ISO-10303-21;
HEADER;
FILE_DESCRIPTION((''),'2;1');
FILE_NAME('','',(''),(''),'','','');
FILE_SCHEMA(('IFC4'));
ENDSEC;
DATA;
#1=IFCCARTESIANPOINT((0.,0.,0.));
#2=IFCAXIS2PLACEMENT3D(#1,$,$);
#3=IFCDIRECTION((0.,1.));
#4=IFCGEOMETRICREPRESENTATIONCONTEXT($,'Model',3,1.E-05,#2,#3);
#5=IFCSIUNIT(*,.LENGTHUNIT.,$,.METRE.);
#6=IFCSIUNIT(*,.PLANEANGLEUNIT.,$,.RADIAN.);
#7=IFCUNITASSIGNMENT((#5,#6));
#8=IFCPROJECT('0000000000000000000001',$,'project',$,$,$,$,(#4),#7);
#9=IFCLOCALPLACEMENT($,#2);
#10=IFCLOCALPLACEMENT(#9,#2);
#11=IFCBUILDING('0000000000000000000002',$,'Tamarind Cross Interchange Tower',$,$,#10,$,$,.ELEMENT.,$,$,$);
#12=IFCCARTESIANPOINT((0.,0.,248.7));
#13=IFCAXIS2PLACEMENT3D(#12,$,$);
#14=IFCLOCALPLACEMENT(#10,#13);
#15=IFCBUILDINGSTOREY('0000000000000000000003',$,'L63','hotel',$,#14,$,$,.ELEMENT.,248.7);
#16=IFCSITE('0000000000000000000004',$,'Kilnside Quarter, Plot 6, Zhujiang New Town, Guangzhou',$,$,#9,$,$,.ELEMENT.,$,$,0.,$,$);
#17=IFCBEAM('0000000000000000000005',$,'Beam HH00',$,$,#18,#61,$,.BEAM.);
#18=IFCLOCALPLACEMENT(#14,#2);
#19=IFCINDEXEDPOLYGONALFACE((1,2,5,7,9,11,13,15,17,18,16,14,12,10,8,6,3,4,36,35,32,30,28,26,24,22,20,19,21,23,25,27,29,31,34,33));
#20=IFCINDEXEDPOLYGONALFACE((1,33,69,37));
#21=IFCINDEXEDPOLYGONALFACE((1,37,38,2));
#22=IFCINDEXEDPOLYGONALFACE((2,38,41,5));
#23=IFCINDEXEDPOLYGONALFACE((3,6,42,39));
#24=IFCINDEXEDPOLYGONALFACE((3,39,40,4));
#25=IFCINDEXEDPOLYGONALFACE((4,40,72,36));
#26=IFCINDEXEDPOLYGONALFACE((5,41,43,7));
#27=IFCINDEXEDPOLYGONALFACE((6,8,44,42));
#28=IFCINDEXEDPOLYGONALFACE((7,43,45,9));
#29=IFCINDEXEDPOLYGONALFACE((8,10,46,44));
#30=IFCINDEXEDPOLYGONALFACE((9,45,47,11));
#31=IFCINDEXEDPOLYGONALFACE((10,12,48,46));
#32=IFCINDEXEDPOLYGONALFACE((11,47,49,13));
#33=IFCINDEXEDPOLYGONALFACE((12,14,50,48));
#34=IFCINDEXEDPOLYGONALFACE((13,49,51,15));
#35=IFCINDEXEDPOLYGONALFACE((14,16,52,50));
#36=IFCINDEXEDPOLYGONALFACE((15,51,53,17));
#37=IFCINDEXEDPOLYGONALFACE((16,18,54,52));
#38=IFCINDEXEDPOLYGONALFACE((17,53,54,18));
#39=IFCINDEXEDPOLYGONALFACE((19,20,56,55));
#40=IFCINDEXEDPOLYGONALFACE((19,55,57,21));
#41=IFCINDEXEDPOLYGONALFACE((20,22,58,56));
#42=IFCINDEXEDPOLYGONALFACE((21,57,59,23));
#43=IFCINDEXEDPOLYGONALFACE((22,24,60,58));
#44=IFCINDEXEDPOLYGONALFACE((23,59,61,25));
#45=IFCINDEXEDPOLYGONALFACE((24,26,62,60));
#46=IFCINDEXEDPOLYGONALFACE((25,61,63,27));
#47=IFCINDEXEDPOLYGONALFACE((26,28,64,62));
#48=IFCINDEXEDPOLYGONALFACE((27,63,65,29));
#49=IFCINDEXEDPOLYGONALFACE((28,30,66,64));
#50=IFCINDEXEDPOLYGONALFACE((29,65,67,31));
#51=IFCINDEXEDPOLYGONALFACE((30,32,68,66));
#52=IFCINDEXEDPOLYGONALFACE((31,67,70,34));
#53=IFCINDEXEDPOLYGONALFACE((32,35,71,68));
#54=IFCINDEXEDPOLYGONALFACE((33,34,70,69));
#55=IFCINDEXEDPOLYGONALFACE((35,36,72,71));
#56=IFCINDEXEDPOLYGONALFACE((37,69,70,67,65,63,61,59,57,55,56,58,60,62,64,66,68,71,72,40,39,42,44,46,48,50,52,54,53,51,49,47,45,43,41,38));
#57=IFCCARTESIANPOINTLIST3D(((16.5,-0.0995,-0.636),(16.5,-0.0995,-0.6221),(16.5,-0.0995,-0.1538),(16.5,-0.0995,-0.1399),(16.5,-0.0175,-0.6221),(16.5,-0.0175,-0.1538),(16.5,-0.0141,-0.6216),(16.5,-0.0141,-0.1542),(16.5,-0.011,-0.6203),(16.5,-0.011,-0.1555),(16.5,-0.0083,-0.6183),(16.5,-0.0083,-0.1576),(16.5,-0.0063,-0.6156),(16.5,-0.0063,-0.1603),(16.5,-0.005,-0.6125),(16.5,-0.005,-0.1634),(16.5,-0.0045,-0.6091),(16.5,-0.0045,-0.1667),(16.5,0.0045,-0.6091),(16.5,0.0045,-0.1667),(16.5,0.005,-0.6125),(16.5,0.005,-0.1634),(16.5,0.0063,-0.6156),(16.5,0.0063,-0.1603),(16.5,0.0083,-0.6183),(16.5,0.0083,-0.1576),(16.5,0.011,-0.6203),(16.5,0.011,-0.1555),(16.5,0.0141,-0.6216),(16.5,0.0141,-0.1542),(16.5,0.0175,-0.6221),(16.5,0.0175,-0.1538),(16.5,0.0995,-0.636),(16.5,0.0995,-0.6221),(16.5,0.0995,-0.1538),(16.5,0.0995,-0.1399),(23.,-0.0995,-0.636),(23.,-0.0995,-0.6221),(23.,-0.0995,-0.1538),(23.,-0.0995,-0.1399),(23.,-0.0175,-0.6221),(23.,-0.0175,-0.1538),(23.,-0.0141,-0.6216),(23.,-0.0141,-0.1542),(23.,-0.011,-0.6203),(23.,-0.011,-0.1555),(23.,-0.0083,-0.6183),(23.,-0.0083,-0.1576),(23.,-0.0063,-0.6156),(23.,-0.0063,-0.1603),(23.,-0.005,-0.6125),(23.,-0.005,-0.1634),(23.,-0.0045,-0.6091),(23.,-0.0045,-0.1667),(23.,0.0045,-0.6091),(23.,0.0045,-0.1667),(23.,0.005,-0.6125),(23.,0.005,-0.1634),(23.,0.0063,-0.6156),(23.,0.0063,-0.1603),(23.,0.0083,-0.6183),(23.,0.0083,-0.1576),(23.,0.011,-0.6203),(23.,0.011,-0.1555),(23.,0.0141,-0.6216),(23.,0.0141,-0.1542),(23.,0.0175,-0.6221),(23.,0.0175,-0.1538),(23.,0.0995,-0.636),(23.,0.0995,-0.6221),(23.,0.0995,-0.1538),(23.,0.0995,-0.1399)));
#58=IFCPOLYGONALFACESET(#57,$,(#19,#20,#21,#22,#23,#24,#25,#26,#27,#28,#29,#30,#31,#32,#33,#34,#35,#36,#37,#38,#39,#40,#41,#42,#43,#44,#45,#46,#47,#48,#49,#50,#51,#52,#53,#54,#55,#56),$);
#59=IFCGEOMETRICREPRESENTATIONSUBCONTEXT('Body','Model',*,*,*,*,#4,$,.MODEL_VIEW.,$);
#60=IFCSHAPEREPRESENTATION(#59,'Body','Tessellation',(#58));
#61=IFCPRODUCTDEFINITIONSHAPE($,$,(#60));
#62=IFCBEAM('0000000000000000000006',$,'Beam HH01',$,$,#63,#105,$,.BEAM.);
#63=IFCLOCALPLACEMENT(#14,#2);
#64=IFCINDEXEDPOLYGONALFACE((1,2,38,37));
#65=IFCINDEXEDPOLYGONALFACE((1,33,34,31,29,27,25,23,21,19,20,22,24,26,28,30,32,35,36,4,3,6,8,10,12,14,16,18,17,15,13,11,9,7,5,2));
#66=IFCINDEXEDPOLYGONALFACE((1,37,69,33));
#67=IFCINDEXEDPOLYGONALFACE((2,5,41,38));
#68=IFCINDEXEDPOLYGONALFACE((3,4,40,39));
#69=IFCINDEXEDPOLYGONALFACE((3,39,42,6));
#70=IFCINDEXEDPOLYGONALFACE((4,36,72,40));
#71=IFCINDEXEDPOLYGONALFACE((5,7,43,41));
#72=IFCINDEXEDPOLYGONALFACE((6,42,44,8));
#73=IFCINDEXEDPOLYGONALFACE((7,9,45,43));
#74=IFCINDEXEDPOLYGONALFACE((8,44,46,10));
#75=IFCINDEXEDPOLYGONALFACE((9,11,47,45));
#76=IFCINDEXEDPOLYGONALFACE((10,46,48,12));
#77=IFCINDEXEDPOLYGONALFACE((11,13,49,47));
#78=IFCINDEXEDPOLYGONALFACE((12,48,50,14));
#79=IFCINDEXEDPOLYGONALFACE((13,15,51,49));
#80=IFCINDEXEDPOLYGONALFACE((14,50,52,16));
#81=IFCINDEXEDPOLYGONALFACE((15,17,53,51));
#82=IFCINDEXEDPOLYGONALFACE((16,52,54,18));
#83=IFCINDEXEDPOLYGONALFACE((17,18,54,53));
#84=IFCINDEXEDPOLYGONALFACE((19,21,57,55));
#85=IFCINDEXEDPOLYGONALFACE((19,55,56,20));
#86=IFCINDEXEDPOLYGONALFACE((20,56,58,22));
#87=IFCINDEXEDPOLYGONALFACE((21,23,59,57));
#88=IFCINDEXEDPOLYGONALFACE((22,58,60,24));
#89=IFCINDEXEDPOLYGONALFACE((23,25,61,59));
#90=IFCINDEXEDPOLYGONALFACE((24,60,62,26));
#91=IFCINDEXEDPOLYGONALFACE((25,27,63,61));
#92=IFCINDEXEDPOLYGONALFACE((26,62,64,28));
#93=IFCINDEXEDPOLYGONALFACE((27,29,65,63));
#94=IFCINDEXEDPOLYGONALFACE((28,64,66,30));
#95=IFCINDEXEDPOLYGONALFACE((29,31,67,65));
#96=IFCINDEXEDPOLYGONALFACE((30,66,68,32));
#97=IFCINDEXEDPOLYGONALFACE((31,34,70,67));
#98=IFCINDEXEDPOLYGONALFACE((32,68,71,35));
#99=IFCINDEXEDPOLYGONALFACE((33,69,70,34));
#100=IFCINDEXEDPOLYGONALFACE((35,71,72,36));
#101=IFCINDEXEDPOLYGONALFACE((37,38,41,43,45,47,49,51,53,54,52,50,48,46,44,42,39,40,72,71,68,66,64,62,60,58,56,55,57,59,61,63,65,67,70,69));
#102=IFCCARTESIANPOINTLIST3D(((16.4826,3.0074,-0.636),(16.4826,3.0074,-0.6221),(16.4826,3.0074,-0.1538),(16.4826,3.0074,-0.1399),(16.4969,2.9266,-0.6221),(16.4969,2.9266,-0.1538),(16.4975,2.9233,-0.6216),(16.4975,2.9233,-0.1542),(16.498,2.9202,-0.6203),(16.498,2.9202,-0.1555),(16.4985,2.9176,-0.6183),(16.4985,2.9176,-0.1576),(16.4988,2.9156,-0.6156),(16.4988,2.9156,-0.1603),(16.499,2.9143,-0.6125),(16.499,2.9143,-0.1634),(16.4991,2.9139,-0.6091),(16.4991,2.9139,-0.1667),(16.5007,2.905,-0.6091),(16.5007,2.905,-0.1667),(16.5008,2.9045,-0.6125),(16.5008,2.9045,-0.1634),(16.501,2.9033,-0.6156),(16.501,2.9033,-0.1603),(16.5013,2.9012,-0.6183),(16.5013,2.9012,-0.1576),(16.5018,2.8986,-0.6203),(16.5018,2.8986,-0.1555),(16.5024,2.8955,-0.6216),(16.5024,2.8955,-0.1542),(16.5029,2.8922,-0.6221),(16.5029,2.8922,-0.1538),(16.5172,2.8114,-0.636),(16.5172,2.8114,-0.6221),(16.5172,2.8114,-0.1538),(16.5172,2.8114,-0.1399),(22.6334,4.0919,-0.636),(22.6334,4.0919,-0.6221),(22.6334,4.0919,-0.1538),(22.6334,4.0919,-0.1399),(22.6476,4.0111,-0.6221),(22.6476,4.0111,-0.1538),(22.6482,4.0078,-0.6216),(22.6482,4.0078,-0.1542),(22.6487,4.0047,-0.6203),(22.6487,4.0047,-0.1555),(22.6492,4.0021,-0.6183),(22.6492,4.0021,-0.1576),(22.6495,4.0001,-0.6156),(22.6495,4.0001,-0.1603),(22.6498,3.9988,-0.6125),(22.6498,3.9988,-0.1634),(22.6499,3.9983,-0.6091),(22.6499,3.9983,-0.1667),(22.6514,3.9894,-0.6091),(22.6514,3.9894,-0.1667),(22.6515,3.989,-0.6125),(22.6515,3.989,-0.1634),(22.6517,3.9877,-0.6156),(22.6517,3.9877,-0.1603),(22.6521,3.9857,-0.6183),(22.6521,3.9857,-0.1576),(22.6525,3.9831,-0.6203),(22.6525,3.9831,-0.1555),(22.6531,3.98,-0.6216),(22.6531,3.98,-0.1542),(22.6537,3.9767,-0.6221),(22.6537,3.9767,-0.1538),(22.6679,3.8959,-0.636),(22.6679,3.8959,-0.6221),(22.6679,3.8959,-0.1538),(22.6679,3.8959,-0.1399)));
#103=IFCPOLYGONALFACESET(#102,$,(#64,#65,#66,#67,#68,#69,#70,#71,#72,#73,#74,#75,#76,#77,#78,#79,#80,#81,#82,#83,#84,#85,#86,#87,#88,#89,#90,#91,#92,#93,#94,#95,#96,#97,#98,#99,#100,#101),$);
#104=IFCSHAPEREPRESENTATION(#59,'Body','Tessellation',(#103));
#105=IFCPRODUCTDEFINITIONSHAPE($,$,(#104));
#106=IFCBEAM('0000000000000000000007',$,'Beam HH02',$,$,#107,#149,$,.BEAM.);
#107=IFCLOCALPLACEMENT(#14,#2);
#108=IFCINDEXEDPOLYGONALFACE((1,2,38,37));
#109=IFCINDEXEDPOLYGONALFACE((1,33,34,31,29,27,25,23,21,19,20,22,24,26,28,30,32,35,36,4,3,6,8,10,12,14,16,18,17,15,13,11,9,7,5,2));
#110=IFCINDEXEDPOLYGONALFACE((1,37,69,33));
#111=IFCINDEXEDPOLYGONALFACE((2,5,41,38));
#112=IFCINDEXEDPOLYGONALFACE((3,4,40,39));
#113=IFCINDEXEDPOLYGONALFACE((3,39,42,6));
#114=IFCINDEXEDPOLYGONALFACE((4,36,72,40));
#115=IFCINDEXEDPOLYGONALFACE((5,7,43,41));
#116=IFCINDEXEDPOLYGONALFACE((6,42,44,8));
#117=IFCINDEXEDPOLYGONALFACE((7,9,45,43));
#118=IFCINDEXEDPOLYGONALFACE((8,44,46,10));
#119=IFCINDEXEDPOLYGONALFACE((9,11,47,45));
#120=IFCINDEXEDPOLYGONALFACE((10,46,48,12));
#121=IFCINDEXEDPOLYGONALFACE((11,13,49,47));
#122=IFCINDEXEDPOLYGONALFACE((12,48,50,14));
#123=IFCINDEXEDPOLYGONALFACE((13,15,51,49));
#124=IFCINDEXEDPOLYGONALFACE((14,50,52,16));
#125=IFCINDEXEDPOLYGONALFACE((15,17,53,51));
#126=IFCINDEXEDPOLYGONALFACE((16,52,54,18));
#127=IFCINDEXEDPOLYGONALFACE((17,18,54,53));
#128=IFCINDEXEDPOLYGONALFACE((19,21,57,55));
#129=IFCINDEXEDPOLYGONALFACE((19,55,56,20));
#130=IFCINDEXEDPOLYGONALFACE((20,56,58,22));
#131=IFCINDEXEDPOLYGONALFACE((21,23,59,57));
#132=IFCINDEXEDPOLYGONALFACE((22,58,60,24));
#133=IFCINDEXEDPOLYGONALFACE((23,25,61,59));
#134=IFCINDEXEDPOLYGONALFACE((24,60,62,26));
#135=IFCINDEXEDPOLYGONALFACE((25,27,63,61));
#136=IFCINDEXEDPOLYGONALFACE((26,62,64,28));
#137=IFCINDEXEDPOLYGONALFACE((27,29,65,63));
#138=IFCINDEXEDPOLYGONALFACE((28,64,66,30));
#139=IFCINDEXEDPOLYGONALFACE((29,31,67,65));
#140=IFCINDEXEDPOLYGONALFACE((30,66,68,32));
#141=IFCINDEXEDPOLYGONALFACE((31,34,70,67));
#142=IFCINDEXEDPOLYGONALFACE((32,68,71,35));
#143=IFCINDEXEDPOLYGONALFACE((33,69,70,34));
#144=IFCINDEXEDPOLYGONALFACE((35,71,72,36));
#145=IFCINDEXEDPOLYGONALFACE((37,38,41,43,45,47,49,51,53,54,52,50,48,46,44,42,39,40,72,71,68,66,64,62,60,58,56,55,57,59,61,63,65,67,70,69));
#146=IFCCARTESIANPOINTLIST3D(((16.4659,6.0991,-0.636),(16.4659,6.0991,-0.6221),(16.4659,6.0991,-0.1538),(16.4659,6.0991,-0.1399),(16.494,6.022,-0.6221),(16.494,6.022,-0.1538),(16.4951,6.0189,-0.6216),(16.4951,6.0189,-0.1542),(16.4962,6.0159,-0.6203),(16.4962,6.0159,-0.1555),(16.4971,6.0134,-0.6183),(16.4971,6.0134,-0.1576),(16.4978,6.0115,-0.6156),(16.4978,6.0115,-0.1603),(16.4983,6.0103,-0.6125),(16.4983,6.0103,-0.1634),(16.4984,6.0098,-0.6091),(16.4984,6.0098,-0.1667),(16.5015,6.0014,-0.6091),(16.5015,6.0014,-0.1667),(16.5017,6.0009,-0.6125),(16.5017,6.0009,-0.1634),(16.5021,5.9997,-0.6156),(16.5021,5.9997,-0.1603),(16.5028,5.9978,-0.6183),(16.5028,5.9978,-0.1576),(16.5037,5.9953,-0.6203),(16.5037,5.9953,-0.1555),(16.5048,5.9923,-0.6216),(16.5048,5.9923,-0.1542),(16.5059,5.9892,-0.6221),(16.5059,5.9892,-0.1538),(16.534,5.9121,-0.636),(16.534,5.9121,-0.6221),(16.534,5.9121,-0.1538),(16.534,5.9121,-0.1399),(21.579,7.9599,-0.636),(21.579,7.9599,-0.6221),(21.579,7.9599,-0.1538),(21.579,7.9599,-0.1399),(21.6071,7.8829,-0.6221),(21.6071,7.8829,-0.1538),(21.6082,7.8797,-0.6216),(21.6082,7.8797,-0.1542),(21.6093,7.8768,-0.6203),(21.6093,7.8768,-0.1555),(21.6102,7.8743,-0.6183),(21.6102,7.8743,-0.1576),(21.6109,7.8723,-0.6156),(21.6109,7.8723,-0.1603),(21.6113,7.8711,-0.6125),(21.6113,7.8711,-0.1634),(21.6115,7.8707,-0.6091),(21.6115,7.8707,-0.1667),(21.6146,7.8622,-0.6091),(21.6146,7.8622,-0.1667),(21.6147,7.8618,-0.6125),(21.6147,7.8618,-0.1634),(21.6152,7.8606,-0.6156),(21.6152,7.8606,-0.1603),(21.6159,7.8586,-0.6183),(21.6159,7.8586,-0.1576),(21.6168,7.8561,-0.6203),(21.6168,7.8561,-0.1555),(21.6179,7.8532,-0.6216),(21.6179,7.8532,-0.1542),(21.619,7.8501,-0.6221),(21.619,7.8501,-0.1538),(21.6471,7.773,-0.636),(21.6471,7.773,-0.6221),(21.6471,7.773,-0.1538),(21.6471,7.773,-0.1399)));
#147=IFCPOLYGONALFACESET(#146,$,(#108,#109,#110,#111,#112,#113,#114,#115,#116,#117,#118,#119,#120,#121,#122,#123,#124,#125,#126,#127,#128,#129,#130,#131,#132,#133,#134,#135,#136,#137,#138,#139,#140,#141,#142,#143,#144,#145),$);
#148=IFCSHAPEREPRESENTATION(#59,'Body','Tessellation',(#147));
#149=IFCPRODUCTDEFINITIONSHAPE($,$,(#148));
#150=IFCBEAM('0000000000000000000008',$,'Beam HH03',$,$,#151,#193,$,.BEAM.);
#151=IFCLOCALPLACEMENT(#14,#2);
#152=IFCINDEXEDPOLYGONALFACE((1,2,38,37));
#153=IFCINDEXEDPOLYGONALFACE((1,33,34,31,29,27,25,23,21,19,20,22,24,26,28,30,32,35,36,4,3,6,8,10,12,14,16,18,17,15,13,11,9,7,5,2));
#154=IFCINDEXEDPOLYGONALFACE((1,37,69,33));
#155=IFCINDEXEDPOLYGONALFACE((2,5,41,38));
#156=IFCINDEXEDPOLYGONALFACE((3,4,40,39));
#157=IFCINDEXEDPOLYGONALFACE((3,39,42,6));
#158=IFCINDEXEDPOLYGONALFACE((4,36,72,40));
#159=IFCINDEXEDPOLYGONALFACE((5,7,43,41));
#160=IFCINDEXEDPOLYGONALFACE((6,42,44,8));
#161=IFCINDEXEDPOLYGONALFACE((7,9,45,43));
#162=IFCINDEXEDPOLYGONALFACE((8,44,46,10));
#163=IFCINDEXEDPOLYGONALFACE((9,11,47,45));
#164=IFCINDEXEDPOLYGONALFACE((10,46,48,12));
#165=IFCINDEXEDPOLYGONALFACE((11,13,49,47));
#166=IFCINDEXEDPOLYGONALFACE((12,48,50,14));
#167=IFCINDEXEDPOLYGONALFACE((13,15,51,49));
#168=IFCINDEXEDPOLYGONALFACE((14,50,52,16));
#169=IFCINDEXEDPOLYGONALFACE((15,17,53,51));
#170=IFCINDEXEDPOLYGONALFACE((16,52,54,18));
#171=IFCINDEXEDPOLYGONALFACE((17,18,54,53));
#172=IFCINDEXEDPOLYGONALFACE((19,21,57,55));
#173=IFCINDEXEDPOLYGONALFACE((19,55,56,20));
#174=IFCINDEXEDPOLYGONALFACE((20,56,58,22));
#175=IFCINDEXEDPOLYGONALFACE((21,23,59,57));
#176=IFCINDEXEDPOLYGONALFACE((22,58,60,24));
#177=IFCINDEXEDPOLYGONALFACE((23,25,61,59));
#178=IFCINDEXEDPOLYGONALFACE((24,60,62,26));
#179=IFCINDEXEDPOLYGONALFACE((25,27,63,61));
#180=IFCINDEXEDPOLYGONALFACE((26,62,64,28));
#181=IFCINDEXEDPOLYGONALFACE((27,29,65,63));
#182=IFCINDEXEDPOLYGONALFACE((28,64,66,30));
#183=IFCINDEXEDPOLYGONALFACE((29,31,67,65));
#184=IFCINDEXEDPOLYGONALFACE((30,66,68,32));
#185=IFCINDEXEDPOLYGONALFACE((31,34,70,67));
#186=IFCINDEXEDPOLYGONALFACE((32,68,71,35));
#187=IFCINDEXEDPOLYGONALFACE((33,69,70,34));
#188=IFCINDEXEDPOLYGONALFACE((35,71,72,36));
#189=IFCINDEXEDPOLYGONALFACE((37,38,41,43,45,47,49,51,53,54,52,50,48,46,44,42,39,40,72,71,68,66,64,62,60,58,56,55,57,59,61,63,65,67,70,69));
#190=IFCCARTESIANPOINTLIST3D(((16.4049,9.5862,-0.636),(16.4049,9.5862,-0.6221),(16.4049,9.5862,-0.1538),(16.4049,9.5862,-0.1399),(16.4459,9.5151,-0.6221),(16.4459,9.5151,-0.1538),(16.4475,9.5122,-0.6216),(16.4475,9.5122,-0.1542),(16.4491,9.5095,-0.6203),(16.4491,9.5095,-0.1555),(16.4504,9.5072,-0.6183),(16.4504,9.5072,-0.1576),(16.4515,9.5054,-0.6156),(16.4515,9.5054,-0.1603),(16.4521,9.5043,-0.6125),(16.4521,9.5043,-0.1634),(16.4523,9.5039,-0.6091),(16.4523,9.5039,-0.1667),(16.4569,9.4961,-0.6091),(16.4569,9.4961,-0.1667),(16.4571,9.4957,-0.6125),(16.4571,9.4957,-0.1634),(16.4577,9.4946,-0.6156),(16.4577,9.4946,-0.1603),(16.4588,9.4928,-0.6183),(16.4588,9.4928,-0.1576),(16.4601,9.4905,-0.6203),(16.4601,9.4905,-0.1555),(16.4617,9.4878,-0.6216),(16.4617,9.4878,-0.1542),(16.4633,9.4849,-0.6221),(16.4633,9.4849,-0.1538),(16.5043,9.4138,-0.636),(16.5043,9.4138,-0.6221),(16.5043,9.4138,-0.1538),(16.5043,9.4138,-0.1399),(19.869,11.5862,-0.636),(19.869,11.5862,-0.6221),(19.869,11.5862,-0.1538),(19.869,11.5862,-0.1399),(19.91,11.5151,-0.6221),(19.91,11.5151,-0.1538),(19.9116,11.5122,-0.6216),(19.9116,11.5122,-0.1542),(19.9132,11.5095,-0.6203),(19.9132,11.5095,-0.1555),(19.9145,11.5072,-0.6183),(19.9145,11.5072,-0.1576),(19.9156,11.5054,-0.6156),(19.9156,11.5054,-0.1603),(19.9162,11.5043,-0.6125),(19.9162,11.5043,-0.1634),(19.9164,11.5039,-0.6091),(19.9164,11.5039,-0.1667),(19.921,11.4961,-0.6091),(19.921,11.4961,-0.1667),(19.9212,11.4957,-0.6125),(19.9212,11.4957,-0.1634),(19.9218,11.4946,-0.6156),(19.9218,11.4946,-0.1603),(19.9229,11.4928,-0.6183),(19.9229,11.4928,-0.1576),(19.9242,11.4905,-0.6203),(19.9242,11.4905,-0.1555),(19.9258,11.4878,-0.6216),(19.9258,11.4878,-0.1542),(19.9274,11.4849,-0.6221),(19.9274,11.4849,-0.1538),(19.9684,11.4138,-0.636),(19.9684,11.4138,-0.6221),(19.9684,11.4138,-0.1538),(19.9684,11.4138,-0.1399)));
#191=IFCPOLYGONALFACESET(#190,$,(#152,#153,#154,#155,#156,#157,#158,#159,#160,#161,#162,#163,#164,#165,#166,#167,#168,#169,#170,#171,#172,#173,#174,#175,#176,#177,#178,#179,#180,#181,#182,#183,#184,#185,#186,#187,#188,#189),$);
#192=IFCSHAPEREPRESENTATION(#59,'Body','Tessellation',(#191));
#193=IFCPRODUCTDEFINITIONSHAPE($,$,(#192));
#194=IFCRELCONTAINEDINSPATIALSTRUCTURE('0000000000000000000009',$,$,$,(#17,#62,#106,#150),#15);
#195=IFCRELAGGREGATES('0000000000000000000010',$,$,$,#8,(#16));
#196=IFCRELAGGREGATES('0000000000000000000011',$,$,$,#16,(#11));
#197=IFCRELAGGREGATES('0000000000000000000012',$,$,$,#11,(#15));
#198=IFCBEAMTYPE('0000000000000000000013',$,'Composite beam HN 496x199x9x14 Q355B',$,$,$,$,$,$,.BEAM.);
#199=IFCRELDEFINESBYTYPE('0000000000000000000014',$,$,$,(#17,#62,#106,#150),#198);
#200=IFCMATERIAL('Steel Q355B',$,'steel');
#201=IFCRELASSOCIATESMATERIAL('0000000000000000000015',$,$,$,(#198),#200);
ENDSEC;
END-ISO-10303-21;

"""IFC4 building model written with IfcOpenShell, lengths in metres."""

from ifc_helpers import new_model, si_unit, direction, frame, origin, origin_2d, place, context, subcontext, project, spatial, i_section, extrude, material, material_profile, profile_set, type_object, element, save


model = new_model("IFC4")

# Units and contexts
model_context = context("Model", 3, precision=1e-05, world=origin(), true_north=direction((0.0, 1.0)))
body_context = subcontext(model_context, "Body", "Model", "MODEL_VIEW")
ifc_project = project(units=[si_unit("LENGTHUNIT", "METRE"), si_unit("PLANEANGLEUNIT", "RADIAN")], contexts=[model_context])

# Site, building, storey
site_placement = place(None, origin())
site = spatial("IfcSite", under=ifc_project, at=site_placement, Name="Kilnside Quarter, Plot 6, Zhujiang New Town, Guangzhou", CompositionType="ELEMENT", RefElevation=0.0)
building_placement = place(site_placement, origin())
building = spatial("IfcBuilding", under=site, at=building_placement, Name="Tamarind Cross Interchange Tower", CompositionType="ELEMENT")
storey_placement = place(building_placement, frame((0.0, 0.0, 248.7)))
storey = spatial("IfcBuildingStorey", under=building, at=storey_placement, Name="L63", Description="hotel", CompositionType="ELEMENT", Elevation=248.7)

# Beams
ifc_material_1 = material(Name="Steel Q355B", Category="steel")
ifc_material_profile_1 = material_profile(ifc_material_1, i_section(OverallWidth=0.199, OverallDepth=0.4961, WebThickness=0.009, FlangeThickness=0.0139, FilletRadius=0.0129, at=origin_2d()), Name="HN 496x199x9x14")
ifc_profile_set_1 = profile_set([ifc_material_profile_1], Name="Steel Q355B")
beam_type = type_object("IfcBeamType", Name="Composite beam HN 496x199x9x14 Q355B", PredefinedType="BEAM", material=ifc_profile_set_1)
beam_1_placement = place(storey_placement, frame((23.0, 0.0, -0.3879), z_axis=(-1.0, 0.0, 0.0), x_axis=(0.0, -1.0, 0.0)))
element("IfcBeam", 1, at=beam_1_placement, inside=storey, type_object=beam_type, Name="Beam HH00", PredefinedType="BEAM", context=body_context, shape_type="SweptSolid", body=[
    extrude(i_section(OverallWidth=0.199, OverallDepth=0.4961, WebThickness=0.009, FlangeThickness=0.0139, FilletRadius=0.0129, at=origin_2d()), origin(), (0.0, 0.0, 1.0), 6.5),
])
beam_2_placement = place(storey_placement, frame((22.6506, 3.9939, -0.3879), z_axis=(-0.984809, -0.17364, 0.0), x_axis=(0.17364, -0.984809, 0.0)))
element("IfcBeam", 2, at=beam_2_placement, inside=storey, type_object=beam_type, Name="Beam HH01", PredefinedType="BEAM", context=body_context, shape_type="SweptSolid", body=[
    extrude(i_section(OverallWidth=0.199, OverallDepth=0.4961, WebThickness=0.009, FlangeThickness=0.0139, FilletRadius=0.0129, at=origin_2d()), origin(), (0.0, 0.0, 1.0), 6.2456),
])
beam_3_placement = place(storey_placement, frame((21.613, 7.8665, -0.3879), z_axis=(-0.939702, -0.341995, 0.0), x_axis=(0.341995, -0.939702, 0.0)))
element("IfcBeam", 3, at=beam_3_placement, inside=storey, type_object=beam_type, Name="Beam HH02", PredefinedType="BEAM", context=body_context, shape_type="SweptSolid", body=[
    extrude(i_section(OverallWidth=0.199, OverallDepth=0.4961, WebThickness=0.009, FlangeThickness=0.0139, FilletRadius=0.0129, at=origin_2d()), origin(), (0.0, 0.0, 1.0), 5.4412),
])
beam_4_placement = place(storey_placement, frame((19.9187, 11.5, -0.3879), z_axis=(-0.866026, -0.499999, 0.0), x_axis=(0.499999, -0.866026, 0.0)))
element("IfcBeam", 4, at=beam_4_placement, inside=storey, type_object=beam_type, Name="Beam HH03", PredefinedType="BEAM", context=body_context, shape_type="SweptSolid", body=[
    extrude(i_section(OverallWidth=0.199, OverallDepth=0.4961, WebThickness=0.009, FlangeThickness=0.0139, FilletRadius=0.0129, at=origin_2d()), origin(), (0.0, 0.0, 1.0), 4.0),
])

save(model, "model.ifc")
